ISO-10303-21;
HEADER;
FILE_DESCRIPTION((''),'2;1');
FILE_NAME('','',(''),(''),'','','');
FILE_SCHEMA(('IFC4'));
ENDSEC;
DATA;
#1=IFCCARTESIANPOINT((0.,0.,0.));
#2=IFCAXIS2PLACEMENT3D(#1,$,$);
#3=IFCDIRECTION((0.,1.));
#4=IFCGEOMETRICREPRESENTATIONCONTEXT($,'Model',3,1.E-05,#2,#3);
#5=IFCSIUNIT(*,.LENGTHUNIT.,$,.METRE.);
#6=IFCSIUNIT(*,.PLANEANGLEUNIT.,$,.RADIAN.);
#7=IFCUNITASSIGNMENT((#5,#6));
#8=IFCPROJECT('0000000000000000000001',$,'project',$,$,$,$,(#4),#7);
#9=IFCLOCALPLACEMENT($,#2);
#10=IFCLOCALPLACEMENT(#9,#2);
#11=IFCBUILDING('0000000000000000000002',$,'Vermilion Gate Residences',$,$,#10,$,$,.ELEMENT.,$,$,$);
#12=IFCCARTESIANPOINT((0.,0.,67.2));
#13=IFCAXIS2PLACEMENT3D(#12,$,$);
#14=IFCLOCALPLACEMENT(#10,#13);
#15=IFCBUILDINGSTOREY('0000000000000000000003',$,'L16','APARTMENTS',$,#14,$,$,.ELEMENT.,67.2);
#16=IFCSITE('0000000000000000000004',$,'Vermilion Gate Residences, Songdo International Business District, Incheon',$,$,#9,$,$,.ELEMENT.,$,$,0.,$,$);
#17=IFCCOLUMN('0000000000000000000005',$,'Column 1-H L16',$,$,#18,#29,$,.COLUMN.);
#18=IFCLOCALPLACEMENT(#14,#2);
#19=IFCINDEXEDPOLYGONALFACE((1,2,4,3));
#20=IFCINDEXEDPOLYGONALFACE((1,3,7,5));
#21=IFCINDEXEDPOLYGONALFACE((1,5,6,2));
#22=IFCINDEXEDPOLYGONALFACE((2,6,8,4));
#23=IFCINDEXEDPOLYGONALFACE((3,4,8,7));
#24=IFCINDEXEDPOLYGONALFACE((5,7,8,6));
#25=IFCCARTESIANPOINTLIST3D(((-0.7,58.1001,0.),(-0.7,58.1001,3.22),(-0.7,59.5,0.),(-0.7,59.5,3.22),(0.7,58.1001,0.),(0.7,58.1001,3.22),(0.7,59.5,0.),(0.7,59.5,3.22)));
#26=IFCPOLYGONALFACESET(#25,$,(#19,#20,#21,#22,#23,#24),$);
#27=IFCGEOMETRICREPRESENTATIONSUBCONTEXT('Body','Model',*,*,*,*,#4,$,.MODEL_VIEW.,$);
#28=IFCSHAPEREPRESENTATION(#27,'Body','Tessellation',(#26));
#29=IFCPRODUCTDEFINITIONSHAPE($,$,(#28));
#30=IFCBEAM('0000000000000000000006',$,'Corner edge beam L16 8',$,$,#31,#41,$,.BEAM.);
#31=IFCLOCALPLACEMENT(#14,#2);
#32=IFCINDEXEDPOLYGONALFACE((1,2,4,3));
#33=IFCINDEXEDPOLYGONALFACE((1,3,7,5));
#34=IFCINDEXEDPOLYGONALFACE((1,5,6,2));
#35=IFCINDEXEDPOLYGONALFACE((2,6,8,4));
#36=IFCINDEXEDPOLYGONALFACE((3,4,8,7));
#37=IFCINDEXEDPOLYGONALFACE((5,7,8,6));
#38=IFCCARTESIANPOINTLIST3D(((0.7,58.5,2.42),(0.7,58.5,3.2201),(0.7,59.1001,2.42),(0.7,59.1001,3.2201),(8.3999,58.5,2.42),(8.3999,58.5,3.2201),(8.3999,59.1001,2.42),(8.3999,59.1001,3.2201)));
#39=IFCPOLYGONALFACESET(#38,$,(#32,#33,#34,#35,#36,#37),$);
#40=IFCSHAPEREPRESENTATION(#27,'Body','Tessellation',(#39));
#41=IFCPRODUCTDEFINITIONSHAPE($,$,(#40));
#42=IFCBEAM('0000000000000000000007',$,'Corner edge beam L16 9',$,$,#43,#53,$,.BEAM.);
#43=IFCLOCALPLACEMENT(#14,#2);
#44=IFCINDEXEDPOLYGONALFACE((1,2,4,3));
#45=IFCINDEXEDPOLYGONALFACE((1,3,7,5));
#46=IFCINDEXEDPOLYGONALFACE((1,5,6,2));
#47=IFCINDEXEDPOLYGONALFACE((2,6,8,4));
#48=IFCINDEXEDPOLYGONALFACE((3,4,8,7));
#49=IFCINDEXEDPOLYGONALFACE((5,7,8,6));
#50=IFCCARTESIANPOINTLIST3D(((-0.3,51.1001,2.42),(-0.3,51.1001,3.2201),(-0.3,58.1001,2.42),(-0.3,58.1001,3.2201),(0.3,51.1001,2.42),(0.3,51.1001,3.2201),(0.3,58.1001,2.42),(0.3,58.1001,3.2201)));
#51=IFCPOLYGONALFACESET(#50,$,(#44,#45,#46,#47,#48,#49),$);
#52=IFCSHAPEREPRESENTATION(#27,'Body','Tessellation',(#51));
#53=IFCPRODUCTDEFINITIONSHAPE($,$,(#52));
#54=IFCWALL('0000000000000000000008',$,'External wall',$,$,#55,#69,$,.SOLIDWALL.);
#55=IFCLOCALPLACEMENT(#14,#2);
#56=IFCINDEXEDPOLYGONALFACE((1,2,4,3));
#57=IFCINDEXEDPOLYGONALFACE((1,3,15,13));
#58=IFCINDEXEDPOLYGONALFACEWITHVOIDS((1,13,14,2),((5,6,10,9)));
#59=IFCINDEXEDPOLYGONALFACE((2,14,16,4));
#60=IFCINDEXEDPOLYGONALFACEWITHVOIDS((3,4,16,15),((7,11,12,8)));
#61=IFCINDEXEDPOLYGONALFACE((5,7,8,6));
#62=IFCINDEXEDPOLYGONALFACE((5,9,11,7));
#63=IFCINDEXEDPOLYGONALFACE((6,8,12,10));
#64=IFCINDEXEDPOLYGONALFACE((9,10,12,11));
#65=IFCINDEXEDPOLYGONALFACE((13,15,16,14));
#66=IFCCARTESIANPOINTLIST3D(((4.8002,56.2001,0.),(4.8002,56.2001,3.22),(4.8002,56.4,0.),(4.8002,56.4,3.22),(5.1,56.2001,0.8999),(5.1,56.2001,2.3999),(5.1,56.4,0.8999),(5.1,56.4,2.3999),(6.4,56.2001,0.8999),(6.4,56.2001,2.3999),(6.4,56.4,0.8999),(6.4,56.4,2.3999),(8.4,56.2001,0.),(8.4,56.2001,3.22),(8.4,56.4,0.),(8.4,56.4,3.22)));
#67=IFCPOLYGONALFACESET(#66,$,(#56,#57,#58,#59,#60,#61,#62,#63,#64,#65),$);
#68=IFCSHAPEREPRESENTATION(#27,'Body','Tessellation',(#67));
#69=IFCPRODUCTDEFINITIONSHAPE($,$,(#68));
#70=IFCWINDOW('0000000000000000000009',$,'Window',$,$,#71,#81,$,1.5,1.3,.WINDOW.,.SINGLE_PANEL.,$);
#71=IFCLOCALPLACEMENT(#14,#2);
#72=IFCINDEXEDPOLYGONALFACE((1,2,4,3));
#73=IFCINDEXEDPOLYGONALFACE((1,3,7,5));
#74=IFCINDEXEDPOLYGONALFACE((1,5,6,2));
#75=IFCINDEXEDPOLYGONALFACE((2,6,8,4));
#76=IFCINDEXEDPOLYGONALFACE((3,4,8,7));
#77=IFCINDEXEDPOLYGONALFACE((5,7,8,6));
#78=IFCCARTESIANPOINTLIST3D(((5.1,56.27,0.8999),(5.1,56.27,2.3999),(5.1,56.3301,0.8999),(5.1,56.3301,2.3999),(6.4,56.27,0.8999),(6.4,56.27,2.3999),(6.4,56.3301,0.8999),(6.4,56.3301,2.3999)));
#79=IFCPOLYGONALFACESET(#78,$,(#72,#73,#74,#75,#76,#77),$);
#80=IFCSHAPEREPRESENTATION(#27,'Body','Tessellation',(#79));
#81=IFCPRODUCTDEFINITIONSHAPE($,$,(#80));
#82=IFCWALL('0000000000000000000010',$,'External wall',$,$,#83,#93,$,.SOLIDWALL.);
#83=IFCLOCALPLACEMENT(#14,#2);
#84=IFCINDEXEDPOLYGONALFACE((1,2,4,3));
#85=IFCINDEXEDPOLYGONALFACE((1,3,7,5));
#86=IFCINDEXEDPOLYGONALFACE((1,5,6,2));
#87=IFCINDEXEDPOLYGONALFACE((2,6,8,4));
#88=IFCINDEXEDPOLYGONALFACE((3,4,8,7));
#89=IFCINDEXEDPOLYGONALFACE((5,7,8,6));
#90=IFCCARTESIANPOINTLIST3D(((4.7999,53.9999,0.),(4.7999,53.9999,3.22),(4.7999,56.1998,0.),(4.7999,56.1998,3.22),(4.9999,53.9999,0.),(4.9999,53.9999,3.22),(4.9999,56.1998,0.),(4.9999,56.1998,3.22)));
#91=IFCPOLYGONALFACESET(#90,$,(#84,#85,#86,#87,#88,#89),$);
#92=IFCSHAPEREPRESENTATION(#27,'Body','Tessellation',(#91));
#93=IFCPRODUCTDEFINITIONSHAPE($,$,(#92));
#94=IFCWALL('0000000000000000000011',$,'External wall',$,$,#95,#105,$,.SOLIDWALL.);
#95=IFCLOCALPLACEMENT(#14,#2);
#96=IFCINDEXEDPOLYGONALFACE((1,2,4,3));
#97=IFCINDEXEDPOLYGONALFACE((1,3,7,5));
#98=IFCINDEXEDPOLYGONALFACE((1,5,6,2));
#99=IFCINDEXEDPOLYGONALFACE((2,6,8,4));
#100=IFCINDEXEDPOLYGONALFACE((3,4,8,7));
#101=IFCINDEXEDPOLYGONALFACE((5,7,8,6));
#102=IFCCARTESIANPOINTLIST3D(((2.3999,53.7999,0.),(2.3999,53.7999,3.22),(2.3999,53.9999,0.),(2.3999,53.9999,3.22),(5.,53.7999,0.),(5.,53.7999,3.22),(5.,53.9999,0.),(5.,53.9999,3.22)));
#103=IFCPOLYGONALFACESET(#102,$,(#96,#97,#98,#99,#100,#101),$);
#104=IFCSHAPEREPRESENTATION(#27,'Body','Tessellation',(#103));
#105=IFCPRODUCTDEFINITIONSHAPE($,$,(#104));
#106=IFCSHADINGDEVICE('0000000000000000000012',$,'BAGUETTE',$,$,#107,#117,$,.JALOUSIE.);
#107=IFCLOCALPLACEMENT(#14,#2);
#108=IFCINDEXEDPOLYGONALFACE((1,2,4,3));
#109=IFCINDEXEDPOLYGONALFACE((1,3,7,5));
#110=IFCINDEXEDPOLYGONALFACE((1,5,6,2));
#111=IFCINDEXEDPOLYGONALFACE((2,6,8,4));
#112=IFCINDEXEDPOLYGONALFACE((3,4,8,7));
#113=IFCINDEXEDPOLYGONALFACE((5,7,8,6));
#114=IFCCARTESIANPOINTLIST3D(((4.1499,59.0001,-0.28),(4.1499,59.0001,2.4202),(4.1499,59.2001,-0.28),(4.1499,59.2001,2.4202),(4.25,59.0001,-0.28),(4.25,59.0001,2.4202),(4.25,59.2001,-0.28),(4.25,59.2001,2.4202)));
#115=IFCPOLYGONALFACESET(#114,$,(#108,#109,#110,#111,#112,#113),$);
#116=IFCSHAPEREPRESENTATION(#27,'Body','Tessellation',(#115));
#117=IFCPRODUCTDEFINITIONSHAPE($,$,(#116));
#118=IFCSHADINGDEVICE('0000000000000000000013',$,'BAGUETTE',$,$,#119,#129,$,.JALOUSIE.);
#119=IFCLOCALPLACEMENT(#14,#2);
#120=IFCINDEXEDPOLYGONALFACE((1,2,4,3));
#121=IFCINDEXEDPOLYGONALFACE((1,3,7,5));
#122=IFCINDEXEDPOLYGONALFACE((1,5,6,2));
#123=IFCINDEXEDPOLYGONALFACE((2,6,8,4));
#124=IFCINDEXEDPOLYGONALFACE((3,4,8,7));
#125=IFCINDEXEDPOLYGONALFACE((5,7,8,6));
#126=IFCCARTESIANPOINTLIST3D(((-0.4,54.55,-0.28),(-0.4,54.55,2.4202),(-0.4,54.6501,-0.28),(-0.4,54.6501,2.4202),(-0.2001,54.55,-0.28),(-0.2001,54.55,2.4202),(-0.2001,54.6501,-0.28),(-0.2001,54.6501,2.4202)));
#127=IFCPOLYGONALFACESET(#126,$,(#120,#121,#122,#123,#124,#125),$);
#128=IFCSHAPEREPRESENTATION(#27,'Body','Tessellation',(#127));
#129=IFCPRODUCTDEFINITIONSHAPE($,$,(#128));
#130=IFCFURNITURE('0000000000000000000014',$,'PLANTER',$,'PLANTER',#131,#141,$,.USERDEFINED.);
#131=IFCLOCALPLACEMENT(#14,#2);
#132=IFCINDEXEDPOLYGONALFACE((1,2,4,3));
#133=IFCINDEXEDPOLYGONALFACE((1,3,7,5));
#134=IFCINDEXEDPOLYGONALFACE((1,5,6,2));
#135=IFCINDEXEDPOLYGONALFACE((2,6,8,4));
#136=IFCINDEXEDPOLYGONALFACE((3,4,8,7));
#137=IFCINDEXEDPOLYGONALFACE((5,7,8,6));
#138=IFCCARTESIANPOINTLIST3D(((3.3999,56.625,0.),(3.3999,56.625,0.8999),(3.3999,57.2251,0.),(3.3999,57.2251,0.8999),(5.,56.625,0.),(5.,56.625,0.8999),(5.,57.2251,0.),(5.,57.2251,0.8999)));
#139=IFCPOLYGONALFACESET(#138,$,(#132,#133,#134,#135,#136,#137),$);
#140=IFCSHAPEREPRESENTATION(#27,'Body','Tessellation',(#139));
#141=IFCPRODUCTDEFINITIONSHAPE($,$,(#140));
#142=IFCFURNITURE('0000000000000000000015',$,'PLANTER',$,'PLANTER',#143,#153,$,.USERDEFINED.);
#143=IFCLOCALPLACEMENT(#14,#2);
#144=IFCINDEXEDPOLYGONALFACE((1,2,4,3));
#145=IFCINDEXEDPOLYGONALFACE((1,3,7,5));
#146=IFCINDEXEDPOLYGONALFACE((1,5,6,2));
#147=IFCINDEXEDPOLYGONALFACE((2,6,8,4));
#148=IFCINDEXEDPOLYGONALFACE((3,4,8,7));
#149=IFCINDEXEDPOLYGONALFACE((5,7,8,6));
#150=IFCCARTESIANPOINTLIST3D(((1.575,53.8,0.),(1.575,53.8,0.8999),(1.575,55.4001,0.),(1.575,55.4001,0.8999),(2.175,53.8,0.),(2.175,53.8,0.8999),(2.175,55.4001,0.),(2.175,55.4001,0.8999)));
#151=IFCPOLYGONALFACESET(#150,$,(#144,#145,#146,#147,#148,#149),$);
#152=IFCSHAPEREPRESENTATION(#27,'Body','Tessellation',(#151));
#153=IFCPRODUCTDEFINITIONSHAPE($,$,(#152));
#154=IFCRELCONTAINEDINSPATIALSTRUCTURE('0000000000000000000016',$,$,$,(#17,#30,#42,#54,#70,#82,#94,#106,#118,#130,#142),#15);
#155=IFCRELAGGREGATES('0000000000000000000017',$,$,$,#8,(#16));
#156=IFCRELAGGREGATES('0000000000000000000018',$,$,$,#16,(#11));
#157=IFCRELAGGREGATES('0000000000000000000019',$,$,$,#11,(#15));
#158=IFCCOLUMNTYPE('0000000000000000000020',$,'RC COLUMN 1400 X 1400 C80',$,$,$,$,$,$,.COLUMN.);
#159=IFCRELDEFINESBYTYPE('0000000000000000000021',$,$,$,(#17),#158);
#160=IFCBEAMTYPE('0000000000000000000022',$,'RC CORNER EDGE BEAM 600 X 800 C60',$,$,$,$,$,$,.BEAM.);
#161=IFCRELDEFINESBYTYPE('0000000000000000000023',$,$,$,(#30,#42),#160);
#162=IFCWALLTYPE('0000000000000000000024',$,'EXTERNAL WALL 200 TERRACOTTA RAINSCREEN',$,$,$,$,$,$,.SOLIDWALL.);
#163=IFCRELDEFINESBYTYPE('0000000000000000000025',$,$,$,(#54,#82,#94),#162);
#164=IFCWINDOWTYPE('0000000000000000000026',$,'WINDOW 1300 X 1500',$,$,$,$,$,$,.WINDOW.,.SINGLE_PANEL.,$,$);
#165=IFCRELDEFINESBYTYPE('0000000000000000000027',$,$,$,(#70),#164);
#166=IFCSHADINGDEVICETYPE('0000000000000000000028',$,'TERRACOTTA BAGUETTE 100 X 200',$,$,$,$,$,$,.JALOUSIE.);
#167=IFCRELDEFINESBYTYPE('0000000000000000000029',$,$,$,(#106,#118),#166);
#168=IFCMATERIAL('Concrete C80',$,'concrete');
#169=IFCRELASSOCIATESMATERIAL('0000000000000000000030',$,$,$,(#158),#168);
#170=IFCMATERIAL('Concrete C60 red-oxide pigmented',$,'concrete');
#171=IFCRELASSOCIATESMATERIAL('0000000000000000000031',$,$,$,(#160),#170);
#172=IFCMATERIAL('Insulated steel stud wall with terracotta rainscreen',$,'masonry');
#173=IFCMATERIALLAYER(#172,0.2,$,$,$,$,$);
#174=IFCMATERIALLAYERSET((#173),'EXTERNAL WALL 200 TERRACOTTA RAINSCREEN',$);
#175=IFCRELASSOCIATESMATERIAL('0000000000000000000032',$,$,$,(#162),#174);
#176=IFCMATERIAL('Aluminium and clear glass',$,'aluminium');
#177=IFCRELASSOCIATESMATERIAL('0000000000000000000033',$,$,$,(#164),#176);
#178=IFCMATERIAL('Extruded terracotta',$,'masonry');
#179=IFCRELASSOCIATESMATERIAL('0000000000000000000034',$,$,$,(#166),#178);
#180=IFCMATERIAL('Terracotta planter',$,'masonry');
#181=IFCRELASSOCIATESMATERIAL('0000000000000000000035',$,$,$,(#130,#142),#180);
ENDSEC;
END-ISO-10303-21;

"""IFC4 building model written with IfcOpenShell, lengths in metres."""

from ifc_helpers import new_model, si_unit, direction, frame, frame_2d, origin, origin_2d, place, context, subcontext, project, spatial, rectangle, extrude, material, layer, layer_set, material_profile, profile_set, type_object, element, fill, save


model = new_model("IFC4")

# Units and contexts
model_context = context("Model", 3, precision=1e-05, world=origin(), true_north=direction((0.0, 1.0)))
body_context = subcontext(model_context, "Body", "Model", "MODEL_VIEW")
ifc_project = project(units=[si_unit("LENGTHUNIT", "METRE"), si_unit("PLANEANGLEUNIT", "RADIAN")], contexts=[model_context])

# Site, building, storey
site_placement = place(None, origin())
site = spatial("IfcSite", under=ifc_project, at=site_placement, Name="Vermilion Gate Residences, Songdo International Business District, Incheon", CompositionType="ELEMENT", RefElevation=0.0)
building_placement = place(site_placement, origin())
building = spatial("IfcBuilding", under=site, at=building_placement, Name="Vermilion Gate Residences", CompositionType="ELEMENT")
storey_placement = place(building_placement, frame((0.0, 0.0, 67.2)))
storey = spatial("IfcBuildingStorey", under=building, at=storey_placement, Name="L16", Description="APARTMENTS", CompositionType="ELEMENT", Elevation=67.2)

# Column
ifc_material_1 = material(Name="Concrete C80", Category="concrete")
ifc_material_profile_1 = material_profile(ifc_material_1, rectangle(XDim=1.3999, YDim=1.3999, at=origin_2d()), Name="RC-1400x1400")
ifc_profile_set_1 = profile_set([ifc_material_profile_1], Name="Concrete C80")
column_type = type_object("IfcColumnType", Name="RC COLUMN 1400 X 1400 C80", PredefinedType="COLUMN", material=ifc_profile_set_1)
column_placement = place(storey_placement, frame((0.0, 58.8, 0.0), z_axis=(0.0, 0.0, 1.0), x_axis=(1.0, 0.0, 0.0)))
element("IfcColumn", 1, at=column_placement, inside=storey, type_object=column_type, Name="Column 1-H L16", PredefinedType="COLUMN", context=body_context, shape_type="SweptSolid", body=[
    extrude(rectangle(XDim=1.3999, YDim=1.3999, at=origin_2d()), origin(), (0.0, 0.0, 1.0), 3.22),
])

# Beams
ifc_material_2 = material(Name="Concrete C60 red-oxide pigmented", Category="concrete")
ifc_material_profile_2 = material_profile(ifc_material_2, rectangle(XDim=0.6001, YDim=0.8, at=origin_2d()), Name="RC-600x800")
ifc_profile_set_2 = profile_set([ifc_material_profile_2], Name="Concrete C60 red-oxide pigmented")
beam_type = type_object("IfcBeamType", Name="RC CORNER EDGE BEAM 600 X 800 C60", PredefinedType="BEAM", material=ifc_profile_set_2)
beam_1_placement = place(storey_placement, frame((0.7, 58.8, 2.8201), z_axis=(1.0, 0.0, 0.0), x_axis=(0.0, 1.0, 0.0)))
element("IfcBeam", 2, at=beam_1_placement, inside=storey, type_object=beam_type, Name="Corner edge beam L16 8", PredefinedType="BEAM", context=body_context, shape_type="SweptSolid", body=[
    extrude(rectangle(XDim=0.6001, YDim=0.8, at=origin_2d()), origin(), (0.0, 0.0, 1.0), 7.7),
])
beam_2_placement = place(storey_placement, frame((0.0, 51.1001, 2.8201), z_axis=(0.0, 1.0, 0.0), x_axis=(-1.0, 0.0, 0.0)))
element("IfcBeam", 3, at=beam_2_placement, inside=storey, type_object=beam_type, Name="Corner edge beam L16 9", PredefinedType="BEAM", context=body_context, shape_type="SweptSolid", body=[
    extrude(rectangle(XDim=0.6001, YDim=0.8, at=origin_2d()), origin(), (0.0, 0.0, 1.0), 7.0),
])

# Wall, opening, window
ifc_material_3 = material(Name="Insulated steel stud wall with terracotta rainscreen", Category="masonry")
ifc_layer = layer(ifc_material_3, 0.2)
ifc_layer_set = layer_set([ifc_layer], Name="EXTERNAL WALL 200 TERRACOTTA RAINSCREEN")
wall_type = type_object("IfcWallType", Name="EXTERNAL WALL 200 TERRACOTTA RAINSCREEN", PredefinedType="SOLIDWALL", material=ifc_layer_set)
wall_1_placement = place(storey_placement, frame((8.3999, 56.3, 0.0), z_axis=(0.0, 0.0, 1.0), x_axis=(-1.0, 0.0, 0.0)))
wall_1 = element("IfcWall", 4, at=wall_1_placement, inside=storey, type_object=wall_type, Name="External wall", PredefinedType="SOLIDWALL", context=body_context, shape_type="SweptSolid", body=[
    extrude(rectangle(XDim=3.5999, YDim=0.2, at=frame_2d((1.7998, 0.0))), origin(), (0.0, 0.0, 1.0), 3.22),
])
opening_1_placement = place(wall_1_placement, frame((2.0, 0.0, 0.8999)))
opening_1 = element("IfcOpeningElement", 5, at=opening_1_placement, cuts=wall_1, PredefinedType="OPENING", context=body_context, shape_type="SweptSolid", body=[
    extrude(rectangle(XDim=1.3, YDim=1.5, at=frame_2d((0.6499, 0.75))), frame((0.0, 0.1099, 0.0), z_axis=(0.0, -1.0, 0.0), x_axis=(1.0, 0.0, 0.0)), (0.0, 0.0, 1.0), 0.22),
])
ifc_material_4 = material(Name="Aluminium and clear glass", Category="aluminium")
window_type_1 = type_object("IfcWindowType", Name="WINDOW 1300 X 1500", PartitioningType="SINGLE_PANEL", PredefinedType="WINDOW", material=ifc_material_4)
window_1_placement = place(opening_1_placement, origin())
window_1 = element("IfcWindow", 6, at=window_1_placement, inside=storey, type_object=window_type_1, Name="Window", OverallHeight=1.5, OverallWidth=1.3, PartitioningType="SINGLE_PANEL", PredefinedType="WINDOW", context=body_context, shape_type="SweptSolid", body=[
    extrude(rectangle(XDim=1.3, YDim=1.5, at=frame_2d((0.6499, 0.75))), frame((0.0, 0.03, 0.0), z_axis=(0.0, -1.0, 0.0), x_axis=(1.0, 0.0, 0.0)), (0.0, 0.0, 1.0), 0.0601),
])
fill(opening_1, window_1)

# Walls
wall_2_placement = place(storey_placement, frame((4.8999, 56.2, 0.0), z_axis=(0.0, 0.0, 1.0), x_axis=(0.0, -1.0, 0.0)))
element("IfcWall", 7, at=wall_2_placement, inside=storey, type_object=wall_type, Name="External wall", PredefinedType="SOLIDWALL", context=body_context, shape_type="SweptSolid", body=[
    extrude(rectangle(XDim=2.2, YDim=0.2, at=frame_2d((1.1001, 0.0))), origin(), (0.0, 0.0, 1.0), 3.22),
])
wall_3_placement = place(storey_placement, frame((5.0, 53.8999, 0.0), z_axis=(0.0, 0.0, 1.0), x_axis=(-1.0, 0.0, 0.0)))
element("IfcWall", 8, at=wall_3_placement, inside=storey, type_object=wall_type, Name="External wall", PredefinedType="SOLIDWALL", context=body_context, shape_type="SweptSolid", body=[
    extrude(rectangle(XDim=2.6001, YDim=0.2, at=frame_2d((1.3, 0.0))), origin(), (0.0, 0.0, 1.0), 3.22),
])

# Shading devices
ifc_material_5 = material(Name="Extruded terracotta", Category="masonry")
ifc_material_profile_3 = material_profile(ifc_material_5, rectangle(XDim=0.2, YDim=0.1001, at=origin_2d()), Name="BAGUETTE 100 X 200")
ifc_profile_set_3 = profile_set([ifc_material_profile_3], Name="Extruded terracotta")
shading_device_type = type_object("IfcShadingDeviceType", Name="TERRACOTTA BAGUETTE 100 X 200", PredefinedType="JALOUSIE", material=ifc_profile_set_3)
for number, where, z_axis, x_axis, name in (
    (9, (4.2, 59.1001, -0.28), (0.0, 0.0, 1.0), (0.0, -1.0, 0.0), "BAGUETTE"),
    (10, (-0.3, 54.6001, -0.28), (0.0, 0.0, 1.0), (1.0, 0.0, 0.0), "BAGUETTE"),
):
    element("IfcShadingDevice", number, at=place(storey_placement, frame(where, z_axis=z_axis, x_axis=x_axis)), inside=storey, type_object=shading_device_type, Name=name, PredefinedType="JALOUSIE", context=body_context, shape_type="SweptSolid", body=[
        extrude(rectangle(XDim=0.2, YDim=0.1001, at=origin_2d()), origin(), (0.0, 0.0, 1.0), 2.7002),
    ])

# Furniture
ifc_material_6 = material(Name="Terracotta planter", Category="masonry")
for number, where, z_axis, x_axis, name in (
    (11, (4.2, 56.925, 0.0), (0.0, 0.0, 1.0), (-1.0, 0.0, 0.0), "PLANTER"),
    (12, (1.875, 54.6001, 0.0), (0.0, 0.0, 1.0), (0.0, -1.0, 0.0), "PLANTER"),
):
    element("IfcFurniture", number, at=place(storey_placement, frame(where, z_axis=z_axis, x_axis=x_axis)), inside=storey, material=ifc_material_6, Name=name, ObjectType="PLANTER", PredefinedType="USERDEFINED", context=body_context, shape_type="SweptSolid", body=[
        extrude(rectangle(XDim=1.6001, YDim=0.6001, at=origin_2d()), origin(), (0.0, 0.0, 1.0), 0.8999),
    ])

save(model, "model.ifc")
